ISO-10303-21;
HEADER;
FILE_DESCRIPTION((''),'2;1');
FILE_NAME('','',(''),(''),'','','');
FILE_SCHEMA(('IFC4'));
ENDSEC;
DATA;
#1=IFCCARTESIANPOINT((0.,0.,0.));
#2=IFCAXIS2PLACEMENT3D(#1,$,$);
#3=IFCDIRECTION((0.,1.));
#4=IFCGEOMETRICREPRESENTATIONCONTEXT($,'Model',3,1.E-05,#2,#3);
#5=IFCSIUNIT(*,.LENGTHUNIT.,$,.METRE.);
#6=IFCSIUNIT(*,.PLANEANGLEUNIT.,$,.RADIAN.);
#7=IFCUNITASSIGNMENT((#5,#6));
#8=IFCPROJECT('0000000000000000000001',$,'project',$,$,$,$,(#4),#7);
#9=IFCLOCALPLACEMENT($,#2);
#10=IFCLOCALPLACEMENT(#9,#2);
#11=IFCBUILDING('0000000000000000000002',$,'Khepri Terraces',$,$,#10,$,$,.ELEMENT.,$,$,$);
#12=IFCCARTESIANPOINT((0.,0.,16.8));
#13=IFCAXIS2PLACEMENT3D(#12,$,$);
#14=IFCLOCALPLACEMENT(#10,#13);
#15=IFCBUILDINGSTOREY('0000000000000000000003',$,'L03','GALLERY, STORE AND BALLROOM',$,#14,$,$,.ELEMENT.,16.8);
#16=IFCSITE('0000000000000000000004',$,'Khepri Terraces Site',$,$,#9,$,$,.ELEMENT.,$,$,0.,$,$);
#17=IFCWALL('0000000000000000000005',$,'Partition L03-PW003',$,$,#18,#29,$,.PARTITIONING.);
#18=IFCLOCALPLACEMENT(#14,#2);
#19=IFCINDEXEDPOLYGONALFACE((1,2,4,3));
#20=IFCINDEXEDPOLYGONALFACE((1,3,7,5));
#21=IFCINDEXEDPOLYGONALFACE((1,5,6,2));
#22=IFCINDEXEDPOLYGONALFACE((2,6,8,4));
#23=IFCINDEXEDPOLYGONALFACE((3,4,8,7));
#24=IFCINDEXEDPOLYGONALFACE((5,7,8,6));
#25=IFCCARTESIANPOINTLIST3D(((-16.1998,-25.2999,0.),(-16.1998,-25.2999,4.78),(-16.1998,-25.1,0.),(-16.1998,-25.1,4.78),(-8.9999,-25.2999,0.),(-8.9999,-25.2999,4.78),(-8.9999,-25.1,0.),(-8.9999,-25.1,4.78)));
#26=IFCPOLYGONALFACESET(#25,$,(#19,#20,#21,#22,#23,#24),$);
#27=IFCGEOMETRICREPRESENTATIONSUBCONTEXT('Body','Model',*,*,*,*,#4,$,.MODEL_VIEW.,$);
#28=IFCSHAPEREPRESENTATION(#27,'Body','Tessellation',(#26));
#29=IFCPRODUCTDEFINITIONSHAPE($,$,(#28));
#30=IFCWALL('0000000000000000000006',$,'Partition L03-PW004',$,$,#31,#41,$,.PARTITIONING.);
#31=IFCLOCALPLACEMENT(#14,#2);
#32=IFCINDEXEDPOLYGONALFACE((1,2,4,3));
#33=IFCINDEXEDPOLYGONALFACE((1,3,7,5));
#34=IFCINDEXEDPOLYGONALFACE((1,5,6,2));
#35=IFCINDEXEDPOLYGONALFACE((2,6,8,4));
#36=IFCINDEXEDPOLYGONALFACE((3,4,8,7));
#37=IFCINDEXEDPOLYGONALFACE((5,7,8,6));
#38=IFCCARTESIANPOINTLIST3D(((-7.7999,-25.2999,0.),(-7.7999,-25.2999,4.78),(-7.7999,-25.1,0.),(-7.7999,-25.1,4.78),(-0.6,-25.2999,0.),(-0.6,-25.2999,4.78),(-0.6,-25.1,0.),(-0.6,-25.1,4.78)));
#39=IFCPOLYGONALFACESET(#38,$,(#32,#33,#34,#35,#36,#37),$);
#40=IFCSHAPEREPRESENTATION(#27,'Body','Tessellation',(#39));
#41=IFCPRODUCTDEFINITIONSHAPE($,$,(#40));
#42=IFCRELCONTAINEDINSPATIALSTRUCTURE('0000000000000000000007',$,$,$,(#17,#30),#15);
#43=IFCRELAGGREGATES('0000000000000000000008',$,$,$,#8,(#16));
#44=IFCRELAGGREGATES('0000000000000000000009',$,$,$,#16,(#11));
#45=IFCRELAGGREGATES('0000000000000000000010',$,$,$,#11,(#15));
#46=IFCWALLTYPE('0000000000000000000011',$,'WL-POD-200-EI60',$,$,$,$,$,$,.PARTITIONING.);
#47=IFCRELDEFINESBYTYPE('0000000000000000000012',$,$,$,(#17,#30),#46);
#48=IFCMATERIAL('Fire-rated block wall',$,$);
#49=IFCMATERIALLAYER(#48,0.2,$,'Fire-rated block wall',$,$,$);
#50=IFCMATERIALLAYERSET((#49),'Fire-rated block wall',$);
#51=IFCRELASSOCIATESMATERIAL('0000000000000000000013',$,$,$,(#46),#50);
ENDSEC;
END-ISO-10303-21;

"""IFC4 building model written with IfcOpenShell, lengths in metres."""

from ifc_helpers import new_model, si_unit, direction, frame, frame_2d, origin, place, context, subcontext, project, spatial, rectangle, extrude, material, layer, layer_set, type_object, element, save


model = new_model("IFC4")

# Units and contexts
model_context = context("Model", 3, precision=1e-05, world=origin(), true_north=direction((0.0, 1.0)))
body_context = subcontext(model_context, "Body", "Model", "MODEL_VIEW")
ifc_project = project(units=[si_unit("LENGTHUNIT", "METRE"), si_unit("PLANEANGLEUNIT", "RADIAN")], contexts=[model_context])

# Site, building, storey
site_placement = place(None, origin())
site = spatial("IfcSite", under=ifc_project, at=site_placement, Name="Khepri Terraces Site", CompositionType="ELEMENT", RefElevation=0.0)
building_placement = place(site_placement, origin())
building = spatial("IfcBuilding", under=site, at=building_placement, Name="Khepri Terraces", CompositionType="ELEMENT")
storey_placement = place(building_placement, frame((0.0, 0.0, 16.8)))
storey = spatial("IfcBuildingStorey", under=building, at=storey_placement, Name="L03", Description="GALLERY, STORE AND BALLROOM", CompositionType="ELEMENT", Elevation=16.8)

# Walls
ifc_material_1 = material(Name="Fire-rated block wall")
ifc_layer_1 = layer(ifc_material_1, 0.2, Name="Fire-rated block wall")
ifc_layer_set_1 = layer_set([ifc_layer_1], Name="Fire-rated block wall")
wall_type_1 = type_object("IfcWallType", Name="WL-POD-200-EI60", PredefinedType="PARTITIONING", material=ifc_layer_set_1)
for number, where, z_axis, x_axis, name in (
    (1, (-16.2, -25.2, 0.0), (0.0, 0.0, 1.0), (1.0, 0.0, 0.0), "Partition L03-PW003"),
    (2, (-7.8, -25.2, 0.0), (0.0, 0.0, 1.0), (1.0, 0.0, 0.0), "Partition L03-PW004"),
):
    element("IfcWall", number, at=place(storey_placement, frame(where, z_axis=z_axis, x_axis=x_axis)), inside=storey, type_object=wall_type_1, Name=name, PredefinedType="PARTITIONING", context=body_context, shape_type="SweptSolid", body=[
        extrude(rectangle(XDim=7.2, YDim=0.2, at=frame_2d((3.6001, 0.0))), origin(), (0.0, 0.0, 1.0), 4.78),
    ])

save(model, "model.ifc")
